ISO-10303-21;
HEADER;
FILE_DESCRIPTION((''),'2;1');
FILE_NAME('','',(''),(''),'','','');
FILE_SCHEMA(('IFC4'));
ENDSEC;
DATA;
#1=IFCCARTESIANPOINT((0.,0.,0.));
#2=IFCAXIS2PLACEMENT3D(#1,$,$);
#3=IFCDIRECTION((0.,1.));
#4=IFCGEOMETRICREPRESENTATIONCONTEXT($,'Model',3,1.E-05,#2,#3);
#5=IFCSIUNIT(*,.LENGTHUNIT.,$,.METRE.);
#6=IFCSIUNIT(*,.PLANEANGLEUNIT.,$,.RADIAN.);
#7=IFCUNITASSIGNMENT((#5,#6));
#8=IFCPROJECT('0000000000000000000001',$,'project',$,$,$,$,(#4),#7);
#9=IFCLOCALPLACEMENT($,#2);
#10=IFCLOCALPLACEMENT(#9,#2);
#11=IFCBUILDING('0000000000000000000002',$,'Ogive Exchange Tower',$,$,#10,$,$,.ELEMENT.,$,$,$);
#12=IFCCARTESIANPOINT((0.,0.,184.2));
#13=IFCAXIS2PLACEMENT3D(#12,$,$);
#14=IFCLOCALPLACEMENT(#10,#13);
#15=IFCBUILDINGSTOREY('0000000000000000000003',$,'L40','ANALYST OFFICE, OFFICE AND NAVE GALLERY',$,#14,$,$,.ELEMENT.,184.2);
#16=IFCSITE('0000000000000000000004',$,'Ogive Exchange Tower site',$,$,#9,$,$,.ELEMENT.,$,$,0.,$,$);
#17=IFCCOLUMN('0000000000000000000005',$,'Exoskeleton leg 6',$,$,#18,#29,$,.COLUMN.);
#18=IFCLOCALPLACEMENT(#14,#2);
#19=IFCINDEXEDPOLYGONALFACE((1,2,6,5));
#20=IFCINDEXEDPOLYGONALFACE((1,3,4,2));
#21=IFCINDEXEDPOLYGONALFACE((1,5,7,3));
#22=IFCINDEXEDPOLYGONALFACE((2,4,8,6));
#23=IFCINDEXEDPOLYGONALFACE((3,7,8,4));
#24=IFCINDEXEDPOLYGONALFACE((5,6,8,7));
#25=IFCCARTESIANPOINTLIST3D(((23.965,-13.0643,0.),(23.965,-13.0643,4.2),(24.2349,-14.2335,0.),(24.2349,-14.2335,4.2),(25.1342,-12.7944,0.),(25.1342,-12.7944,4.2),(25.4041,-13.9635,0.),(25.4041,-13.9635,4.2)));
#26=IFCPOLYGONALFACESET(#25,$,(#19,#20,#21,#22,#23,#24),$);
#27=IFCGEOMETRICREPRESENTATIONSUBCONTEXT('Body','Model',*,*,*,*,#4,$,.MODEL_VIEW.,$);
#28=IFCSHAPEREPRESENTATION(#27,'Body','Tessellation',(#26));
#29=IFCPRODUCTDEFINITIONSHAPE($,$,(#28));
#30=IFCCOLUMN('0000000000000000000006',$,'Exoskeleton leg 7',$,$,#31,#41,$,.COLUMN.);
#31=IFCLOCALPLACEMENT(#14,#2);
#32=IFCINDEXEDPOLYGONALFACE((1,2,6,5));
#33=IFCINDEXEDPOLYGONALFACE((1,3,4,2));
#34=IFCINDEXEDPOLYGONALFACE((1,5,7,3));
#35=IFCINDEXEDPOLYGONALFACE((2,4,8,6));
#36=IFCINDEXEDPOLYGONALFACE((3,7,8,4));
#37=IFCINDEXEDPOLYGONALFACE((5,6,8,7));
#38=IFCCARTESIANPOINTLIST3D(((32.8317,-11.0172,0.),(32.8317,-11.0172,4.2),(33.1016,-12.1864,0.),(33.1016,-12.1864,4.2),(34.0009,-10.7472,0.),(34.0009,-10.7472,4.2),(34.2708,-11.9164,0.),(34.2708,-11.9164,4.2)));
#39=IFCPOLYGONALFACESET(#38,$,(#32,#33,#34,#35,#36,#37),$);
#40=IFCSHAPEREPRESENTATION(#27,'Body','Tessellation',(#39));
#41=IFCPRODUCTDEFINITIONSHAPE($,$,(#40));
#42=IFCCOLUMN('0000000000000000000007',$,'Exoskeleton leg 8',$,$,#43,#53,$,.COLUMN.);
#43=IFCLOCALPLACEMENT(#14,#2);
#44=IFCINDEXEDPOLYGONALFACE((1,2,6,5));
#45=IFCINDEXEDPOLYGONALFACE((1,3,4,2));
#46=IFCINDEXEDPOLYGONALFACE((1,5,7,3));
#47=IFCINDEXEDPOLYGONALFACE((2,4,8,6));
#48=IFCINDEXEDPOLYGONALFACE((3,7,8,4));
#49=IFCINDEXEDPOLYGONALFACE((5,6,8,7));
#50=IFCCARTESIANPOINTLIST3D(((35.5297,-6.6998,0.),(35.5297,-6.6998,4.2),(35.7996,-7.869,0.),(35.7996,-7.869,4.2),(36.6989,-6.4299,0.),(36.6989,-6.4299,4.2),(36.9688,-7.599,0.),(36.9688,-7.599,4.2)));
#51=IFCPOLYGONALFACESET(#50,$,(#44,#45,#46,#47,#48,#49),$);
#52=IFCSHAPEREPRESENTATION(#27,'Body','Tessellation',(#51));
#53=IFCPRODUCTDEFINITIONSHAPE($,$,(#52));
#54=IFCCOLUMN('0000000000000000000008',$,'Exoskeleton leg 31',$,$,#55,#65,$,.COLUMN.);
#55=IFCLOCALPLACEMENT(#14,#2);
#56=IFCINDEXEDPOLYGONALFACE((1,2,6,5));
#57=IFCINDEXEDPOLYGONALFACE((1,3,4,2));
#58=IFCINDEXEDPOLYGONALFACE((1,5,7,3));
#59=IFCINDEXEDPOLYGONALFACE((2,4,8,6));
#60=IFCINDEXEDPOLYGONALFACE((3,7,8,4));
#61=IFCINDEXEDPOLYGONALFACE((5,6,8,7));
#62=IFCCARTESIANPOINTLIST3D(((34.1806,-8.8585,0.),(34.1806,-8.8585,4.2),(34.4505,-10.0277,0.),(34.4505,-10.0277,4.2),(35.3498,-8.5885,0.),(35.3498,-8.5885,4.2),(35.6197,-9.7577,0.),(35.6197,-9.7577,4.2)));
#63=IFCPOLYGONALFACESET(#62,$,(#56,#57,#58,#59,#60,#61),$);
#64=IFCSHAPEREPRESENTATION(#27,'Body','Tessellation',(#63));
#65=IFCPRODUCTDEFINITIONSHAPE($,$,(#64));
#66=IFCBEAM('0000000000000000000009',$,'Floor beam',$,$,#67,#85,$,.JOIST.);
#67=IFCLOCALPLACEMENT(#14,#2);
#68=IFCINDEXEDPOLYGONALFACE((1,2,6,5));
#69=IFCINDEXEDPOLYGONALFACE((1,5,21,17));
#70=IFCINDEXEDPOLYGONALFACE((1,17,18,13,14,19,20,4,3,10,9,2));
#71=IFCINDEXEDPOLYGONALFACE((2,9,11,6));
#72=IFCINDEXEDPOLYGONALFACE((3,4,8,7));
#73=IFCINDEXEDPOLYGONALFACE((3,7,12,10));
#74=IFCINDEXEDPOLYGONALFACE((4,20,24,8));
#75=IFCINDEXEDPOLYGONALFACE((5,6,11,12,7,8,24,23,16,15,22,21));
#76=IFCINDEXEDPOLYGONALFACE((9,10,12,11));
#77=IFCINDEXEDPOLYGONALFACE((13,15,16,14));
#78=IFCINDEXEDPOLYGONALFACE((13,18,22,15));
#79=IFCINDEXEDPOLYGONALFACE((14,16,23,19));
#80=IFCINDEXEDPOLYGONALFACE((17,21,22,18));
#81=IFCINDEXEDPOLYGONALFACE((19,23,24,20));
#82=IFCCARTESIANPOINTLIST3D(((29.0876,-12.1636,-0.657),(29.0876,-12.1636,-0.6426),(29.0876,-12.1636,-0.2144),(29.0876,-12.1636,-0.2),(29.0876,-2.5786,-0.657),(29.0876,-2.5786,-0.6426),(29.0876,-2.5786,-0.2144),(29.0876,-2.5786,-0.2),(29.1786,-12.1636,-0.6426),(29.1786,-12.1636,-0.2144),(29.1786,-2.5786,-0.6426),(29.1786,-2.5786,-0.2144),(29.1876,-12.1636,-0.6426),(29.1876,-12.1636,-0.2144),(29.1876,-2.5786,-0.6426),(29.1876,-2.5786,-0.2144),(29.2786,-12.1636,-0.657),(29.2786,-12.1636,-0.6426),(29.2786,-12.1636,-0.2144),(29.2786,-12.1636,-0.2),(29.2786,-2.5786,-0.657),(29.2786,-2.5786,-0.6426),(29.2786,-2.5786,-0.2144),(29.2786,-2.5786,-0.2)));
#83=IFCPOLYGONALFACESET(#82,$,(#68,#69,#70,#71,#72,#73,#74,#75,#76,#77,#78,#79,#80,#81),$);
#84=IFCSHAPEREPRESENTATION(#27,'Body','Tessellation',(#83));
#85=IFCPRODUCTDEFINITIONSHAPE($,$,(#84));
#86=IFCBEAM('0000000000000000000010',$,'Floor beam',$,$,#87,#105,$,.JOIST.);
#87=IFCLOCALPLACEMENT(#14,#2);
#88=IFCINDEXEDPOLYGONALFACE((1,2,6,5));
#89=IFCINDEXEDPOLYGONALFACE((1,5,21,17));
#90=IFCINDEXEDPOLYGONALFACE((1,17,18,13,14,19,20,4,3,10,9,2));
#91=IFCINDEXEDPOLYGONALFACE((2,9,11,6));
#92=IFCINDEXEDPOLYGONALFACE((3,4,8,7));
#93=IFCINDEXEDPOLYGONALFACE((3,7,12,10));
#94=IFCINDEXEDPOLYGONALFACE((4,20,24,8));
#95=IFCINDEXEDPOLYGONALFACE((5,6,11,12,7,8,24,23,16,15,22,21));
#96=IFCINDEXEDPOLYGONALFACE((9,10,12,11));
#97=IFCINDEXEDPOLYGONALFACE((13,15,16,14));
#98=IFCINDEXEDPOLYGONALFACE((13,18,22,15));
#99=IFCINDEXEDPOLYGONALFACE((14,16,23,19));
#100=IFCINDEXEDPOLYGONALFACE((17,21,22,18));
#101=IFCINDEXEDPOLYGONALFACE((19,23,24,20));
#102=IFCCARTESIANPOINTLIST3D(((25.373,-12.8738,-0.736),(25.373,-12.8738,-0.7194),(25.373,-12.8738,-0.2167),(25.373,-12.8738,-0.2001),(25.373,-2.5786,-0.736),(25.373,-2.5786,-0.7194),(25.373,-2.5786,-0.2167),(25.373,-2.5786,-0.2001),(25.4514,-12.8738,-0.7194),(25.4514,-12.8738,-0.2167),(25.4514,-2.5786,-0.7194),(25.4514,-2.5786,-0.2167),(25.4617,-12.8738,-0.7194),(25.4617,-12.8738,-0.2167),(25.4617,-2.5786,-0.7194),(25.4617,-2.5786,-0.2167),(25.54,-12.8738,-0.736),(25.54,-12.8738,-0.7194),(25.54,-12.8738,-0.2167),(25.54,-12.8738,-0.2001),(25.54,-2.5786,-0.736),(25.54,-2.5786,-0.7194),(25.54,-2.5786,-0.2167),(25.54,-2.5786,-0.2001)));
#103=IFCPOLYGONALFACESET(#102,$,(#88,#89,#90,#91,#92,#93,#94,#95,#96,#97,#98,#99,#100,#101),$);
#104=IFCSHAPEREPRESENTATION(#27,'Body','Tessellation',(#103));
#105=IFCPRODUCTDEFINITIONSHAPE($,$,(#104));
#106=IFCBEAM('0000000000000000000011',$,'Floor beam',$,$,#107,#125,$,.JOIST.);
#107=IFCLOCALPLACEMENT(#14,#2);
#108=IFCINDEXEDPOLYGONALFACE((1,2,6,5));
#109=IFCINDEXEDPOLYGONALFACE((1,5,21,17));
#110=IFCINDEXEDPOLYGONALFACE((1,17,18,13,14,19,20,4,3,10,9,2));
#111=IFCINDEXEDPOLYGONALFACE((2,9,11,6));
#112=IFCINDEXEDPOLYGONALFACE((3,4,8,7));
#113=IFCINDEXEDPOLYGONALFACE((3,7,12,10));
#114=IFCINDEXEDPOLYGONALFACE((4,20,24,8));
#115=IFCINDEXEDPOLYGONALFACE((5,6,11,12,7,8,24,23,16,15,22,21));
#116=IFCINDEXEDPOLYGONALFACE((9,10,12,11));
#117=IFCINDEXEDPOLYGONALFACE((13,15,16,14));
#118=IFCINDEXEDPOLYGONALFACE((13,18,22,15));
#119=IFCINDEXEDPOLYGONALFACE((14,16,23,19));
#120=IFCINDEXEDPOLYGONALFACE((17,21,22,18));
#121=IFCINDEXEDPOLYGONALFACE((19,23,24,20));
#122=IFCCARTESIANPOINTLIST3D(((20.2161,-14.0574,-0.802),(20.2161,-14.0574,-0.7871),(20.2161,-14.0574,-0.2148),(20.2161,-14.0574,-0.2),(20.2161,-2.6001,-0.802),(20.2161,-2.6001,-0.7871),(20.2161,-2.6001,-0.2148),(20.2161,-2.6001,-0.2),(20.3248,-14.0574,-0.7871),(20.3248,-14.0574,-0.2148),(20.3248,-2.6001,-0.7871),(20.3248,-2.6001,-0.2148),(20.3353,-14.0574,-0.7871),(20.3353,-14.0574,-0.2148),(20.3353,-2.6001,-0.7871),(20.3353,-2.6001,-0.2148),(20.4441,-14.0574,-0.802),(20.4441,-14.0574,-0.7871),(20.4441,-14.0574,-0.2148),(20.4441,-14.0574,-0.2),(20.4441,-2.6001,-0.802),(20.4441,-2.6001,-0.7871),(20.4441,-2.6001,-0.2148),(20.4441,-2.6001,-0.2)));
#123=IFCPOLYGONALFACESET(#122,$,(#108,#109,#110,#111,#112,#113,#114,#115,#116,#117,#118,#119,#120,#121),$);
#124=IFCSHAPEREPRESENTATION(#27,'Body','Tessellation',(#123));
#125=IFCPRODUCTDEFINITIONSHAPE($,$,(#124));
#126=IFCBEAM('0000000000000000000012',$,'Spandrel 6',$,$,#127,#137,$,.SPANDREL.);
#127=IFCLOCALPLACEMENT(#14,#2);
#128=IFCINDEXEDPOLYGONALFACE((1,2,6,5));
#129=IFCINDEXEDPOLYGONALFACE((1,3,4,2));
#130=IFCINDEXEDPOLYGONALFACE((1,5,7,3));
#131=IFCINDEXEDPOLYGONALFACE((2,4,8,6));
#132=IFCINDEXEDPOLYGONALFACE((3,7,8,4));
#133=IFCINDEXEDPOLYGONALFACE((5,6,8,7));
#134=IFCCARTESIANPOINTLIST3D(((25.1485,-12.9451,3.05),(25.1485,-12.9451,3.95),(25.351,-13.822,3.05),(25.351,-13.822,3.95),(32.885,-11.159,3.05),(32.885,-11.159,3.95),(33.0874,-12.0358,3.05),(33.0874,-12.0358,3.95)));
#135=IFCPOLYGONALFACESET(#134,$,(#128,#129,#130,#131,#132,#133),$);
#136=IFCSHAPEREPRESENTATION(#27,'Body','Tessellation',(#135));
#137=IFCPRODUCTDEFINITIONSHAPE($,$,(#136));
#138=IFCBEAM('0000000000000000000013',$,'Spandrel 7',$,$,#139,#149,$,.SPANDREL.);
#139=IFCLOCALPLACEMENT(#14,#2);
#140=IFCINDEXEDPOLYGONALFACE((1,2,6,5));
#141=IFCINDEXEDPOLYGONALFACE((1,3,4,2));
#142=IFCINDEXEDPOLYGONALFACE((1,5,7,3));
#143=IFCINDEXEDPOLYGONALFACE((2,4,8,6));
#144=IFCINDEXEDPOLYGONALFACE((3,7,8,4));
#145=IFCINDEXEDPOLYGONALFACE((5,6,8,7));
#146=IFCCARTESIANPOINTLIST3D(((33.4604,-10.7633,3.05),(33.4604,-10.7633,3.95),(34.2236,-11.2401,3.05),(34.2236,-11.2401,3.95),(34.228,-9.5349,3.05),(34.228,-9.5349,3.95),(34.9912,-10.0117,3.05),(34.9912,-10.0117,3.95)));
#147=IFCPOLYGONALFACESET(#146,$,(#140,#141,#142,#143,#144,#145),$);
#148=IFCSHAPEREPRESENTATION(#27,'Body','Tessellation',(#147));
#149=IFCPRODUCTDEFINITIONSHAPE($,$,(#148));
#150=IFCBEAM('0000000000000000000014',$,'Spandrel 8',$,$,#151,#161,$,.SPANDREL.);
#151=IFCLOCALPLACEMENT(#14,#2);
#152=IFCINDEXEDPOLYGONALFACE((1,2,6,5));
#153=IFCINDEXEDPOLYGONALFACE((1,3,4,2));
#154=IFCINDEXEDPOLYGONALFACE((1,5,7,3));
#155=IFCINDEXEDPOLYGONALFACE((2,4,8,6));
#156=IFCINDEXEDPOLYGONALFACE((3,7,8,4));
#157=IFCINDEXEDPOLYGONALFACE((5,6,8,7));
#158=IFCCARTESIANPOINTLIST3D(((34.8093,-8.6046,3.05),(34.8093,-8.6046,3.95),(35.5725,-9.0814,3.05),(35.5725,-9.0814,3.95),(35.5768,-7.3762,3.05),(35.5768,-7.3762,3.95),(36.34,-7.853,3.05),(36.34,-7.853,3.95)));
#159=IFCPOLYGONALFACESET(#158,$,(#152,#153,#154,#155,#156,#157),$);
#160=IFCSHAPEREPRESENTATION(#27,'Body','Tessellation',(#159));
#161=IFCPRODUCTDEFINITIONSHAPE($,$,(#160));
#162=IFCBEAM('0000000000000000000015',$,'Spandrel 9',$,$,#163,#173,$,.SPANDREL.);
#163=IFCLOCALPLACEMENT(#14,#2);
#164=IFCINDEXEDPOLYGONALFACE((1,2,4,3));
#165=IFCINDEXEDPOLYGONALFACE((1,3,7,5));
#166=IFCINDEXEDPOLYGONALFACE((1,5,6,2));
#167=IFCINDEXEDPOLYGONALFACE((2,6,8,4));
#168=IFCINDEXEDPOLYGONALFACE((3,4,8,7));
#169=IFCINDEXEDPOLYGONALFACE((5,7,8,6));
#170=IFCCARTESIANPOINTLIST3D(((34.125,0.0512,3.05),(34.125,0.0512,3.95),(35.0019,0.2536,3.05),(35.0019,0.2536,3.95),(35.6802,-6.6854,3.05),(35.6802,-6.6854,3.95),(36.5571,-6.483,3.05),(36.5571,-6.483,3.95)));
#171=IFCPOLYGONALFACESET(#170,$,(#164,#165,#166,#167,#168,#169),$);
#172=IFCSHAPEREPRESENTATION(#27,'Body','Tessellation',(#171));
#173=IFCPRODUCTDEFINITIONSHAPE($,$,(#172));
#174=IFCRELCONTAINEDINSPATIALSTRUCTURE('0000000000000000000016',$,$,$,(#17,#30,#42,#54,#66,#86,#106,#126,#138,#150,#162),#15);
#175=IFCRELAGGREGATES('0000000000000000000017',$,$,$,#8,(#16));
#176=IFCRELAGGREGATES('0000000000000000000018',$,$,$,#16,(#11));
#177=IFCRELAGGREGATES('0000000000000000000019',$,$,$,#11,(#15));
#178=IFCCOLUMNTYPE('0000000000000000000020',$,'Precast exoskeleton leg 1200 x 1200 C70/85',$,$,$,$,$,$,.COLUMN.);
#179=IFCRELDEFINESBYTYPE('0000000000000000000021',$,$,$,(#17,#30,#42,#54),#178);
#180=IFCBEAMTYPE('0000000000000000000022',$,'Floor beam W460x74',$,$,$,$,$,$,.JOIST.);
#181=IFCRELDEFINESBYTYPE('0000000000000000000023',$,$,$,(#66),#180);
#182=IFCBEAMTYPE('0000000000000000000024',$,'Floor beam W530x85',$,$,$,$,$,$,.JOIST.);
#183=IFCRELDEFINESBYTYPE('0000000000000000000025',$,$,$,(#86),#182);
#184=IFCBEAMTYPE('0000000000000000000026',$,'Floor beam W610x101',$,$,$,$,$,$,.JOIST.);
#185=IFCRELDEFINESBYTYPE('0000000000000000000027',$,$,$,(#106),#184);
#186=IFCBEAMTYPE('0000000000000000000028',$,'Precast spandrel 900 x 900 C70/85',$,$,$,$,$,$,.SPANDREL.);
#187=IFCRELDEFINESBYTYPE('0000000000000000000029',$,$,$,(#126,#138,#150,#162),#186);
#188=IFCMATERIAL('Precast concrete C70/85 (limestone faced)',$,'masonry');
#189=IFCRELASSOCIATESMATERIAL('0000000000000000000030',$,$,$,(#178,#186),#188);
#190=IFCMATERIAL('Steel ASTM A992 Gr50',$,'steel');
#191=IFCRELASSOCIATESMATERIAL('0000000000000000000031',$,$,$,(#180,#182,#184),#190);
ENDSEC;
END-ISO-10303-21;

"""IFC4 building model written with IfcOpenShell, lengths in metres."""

from ifc_helpers import new_model, si_unit, direction, frame, origin, origin_2d, place, context, subcontext, project, spatial, rectangle, i_section, extrude, material, material_profile, profile_set, type_object, element, save


model = new_model("IFC4")

# Units and contexts
model_context = context("Model", 3, precision=1e-05, world=origin(), true_north=direction((0.0, 1.0)))
body_context = subcontext(model_context, "Body", "Model", "MODEL_VIEW")
ifc_project = project(units=[si_unit("LENGTHUNIT", "METRE"), si_unit("PLANEANGLEUNIT", "RADIAN")], contexts=[model_context])

# Site, building, storey
site_placement = place(None, origin())
site = spatial("IfcSite", under=ifc_project, at=site_placement, Name="Ogive Exchange Tower site", CompositionType="ELEMENT", RefElevation=0.0)
building_placement = place(site_placement, origin())
building = spatial("IfcBuilding", under=site, at=building_placement, Name="Ogive Exchange Tower", CompositionType="ELEMENT")
storey_placement = place(building_placement, frame((0.0, 0.0, 184.2)))
storey = spatial("IfcBuildingStorey", under=building, at=storey_placement, Name="L40", Description="ANALYST OFFICE, OFFICE AND NAVE GALLERY", CompositionType="ELEMENT", Elevation=184.2)

# Columns
ifc_material_1 = material(Name="Precast concrete C70/85 (limestone faced)", Category="masonry")
ifc_material_profile_1 = material_profile(ifc_material_1, rectangle(XDim=1.2, YDim=1.2, at=origin_2d()), Name="1200 x 1200")
ifc_profile_set_1 = profile_set([ifc_material_profile_1], Name="Precast concrete C70/85 (limestone faced)")
column_type = type_object("IfcColumnType", Name="Precast exoskeleton leg 1200 x 1200 C70/85", PredefinedType="COLUMN", material=ifc_profile_set_1)
for number, where, z_axis, x_axis, name in (
    (1, (24.6846, -13.5139, 0.0), (0.0, 0.0, 1.0), (0.97437, 0.224951, 0.0), "Exoskeleton leg 6"),
    (2, (33.5513, -11.4668, 0.0), (0.0, 0.0, 1.0), (0.97437, 0.224951, 0.0), "Exoskeleton leg 7"),
    (3, (36.2493, -7.1494, 0.0), (0.0, 0.0, 1.0), (0.97437, 0.224951, 0.0), "Exoskeleton leg 8"),
    (4, (34.9001, -9.3081, 0.0), (0.0, 0.0, 1.0), (0.97437, 0.224951, 0.0), "Exoskeleton leg 31"),
):
    element("IfcColumn", number, at=place(storey_placement, frame(where, z_axis=z_axis, x_axis=x_axis)), inside=storey, type_object=column_type, Name=name, PredefinedType="COLUMN", context=body_context, shape_type="SweptSolid", body=[
        extrude(rectangle(XDim=1.2, YDim=1.2, at=origin_2d()), origin(), (0.0, 0.0, 1.0), 4.2),
    ])

# Beams
ifc_material_2 = material(Name="Steel ASTM A992 Gr50", Category="steel")
ifc_material_profile_2 = material_profile(ifc_material_2, i_section(OverallWidth=0.1909, OverallDepth=0.457, WebThickness=0.009, FlangeThickness=0.0144, at=origin_2d()), Name="W460x74")
ifc_profile_set_2 = profile_set([ifc_material_profile_2], Name="Steel ASTM A992 Gr50")
beam_type_1 = type_object("IfcBeamType", Name="Floor beam W460x74", PredefinedType="JOIST", material=ifc_profile_set_2)
beam_1_placement = place(storey_placement, frame((29.1831, -12.1636, -0.4285), z_axis=(0.0, 1.0, 0.0), x_axis=(-1.0, 0.0, 0.0)))
element("IfcBeam", 5, at=beam_1_placement, inside=storey, type_object=beam_type_1, Name="Floor beam", PredefinedType="JOIST", context=body_context, shape_type="SweptSolid", body=[
    extrude(i_section(OverallWidth=0.1909, OverallDepth=0.457, WebThickness=0.009, FlangeThickness=0.0144, at=origin_2d()), origin(), (0.0, 0.0, 1.0), 9.585),
])
ifc_material_profile_3 = material_profile(ifc_material_2, i_section(OverallWidth=0.167, OverallDepth=0.5359, WebThickness=0.0103, FlangeThickness=0.0166, at=origin_2d()), Name="W530x85")
ifc_profile_set_3 = profile_set([ifc_material_profile_3], Name="Steel ASTM A992 Gr50")
beam_type_2 = type_object("IfcBeamType", Name="Floor beam W530x85", PredefinedType="JOIST", material=ifc_profile_set_3)
beam_2_placement = place(storey_placement, frame((25.4565, -12.8738, -0.468), z_axis=(0.0, 1.0, 0.0), x_axis=(-1.0, 0.0, 0.0)))
element("IfcBeam", 6, at=beam_2_placement, inside=storey, type_object=beam_type_2, Name="Floor beam", PredefinedType="JOIST", context=body_context, shape_type="SweptSolid", body=[
    extrude(i_section(OverallWidth=0.167, OverallDepth=0.5359, WebThickness=0.0103, FlangeThickness=0.0166, at=origin_2d()), origin(), (0.0, 0.0, 1.0), 10.2952),
])
ifc_material_profile_4 = material_profile(ifc_material_2, i_section(OverallWidth=0.228, OverallDepth=0.6021, WebThickness=0.0105, FlangeThickness=0.0149, at=origin_2d()), Name="W610x101")
ifc_profile_set_4 = profile_set([ifc_material_profile_4], Name="Steel ASTM A992 Gr50")
beam_type_3 = type_object("IfcBeamType", Name="Floor beam W610x101", PredefinedType="JOIST", material=ifc_profile_set_4)
beam_3_placement = place(storey_placement, frame((20.3301, -14.0574, -0.501), z_axis=(0.0, 1.0, 0.0), x_axis=(-1.0, 0.0, 0.0)))
element("IfcBeam", 7, at=beam_3_placement, inside=storey, type_object=beam_type_3, Name="Floor beam", PredefinedType="JOIST", context=body_context, shape_type="SweptSolid", body=[
    extrude(i_section(OverallWidth=0.228, OverallDepth=0.6021, WebThickness=0.0105, FlangeThickness=0.0149, at=origin_2d()), origin(), (0.0, 0.0, 1.0), 11.4573),
])
ifc_material_profile_5 = material_profile(ifc_material_1, rectangle(XDim=0.8999, YDim=0.8999, at=origin_2d()), Name="900 x 900")
ifc_profile_set_5 = profile_set([ifc_material_profile_5], Name="Precast concrete C70/85 (limestone faced)")
beam_type_4 = type_object("IfcBeamType", Name="Precast spandrel 900 x 900 C70/85", PredefinedType="SPANDREL", material=ifc_profile_set_5)
beam_4_placement = place(storey_placement, frame((25.2498, -13.3835, 3.5), z_axis=(0.974368, 0.224958, 0.0), x_axis=(-0.224958, 0.974368, 0.0)))
element("IfcBeam", 8, at=beam_4_placement, inside=storey, type_object=beam_type_4, Name="Spandrel 6", PredefinedType="SPANDREL", context=body_context, shape_type="SweptSolid", body=[
    extrude(rectangle(XDim=0.8999, YDim=0.8999, at=origin_2d()), origin(), (0.0, 0.0, 1.0), 7.9399),
])
for number, where, z_axis, x_axis, name in (
    (9, (33.842, -11.0017, 3.5), (0.529878, 0.848074, 0.0), (-0.848074, 0.529878, 0.0), "Spandrel 7"),
    (10, (35.1909, -8.843, 3.5), (0.529878, 0.848074, 0.0), (-0.848074, 0.529878, 0.0), "Spandrel 8"),
):
    element("IfcBeam", number, at=place(storey_placement, frame(where, z_axis=z_axis, x_axis=x_axis)), inside=storey, type_object=beam_type_4, Name=name, PredefinedType="SPANDREL", context=body_context, shape_type="SweptSolid", body=[
        extrude(rectangle(XDim=0.8999, YDim=0.8999, at=origin_2d()), origin(), (0.0, 0.0, 1.0), 1.4485),
    ])
beam_5_placement = place(storey_placement, frame((36.1187, -6.5842, 3.5), z_axis=(-0.224939, 0.974373, 0.0), x_axis=(-0.974373, -0.224939, 0.0)))
element("IfcBeam", 11, at=beam_5_placement, inside=storey, type_object=beam_type_4, Name="Spandrel 9", PredefinedType="SPANDREL", context=body_context, shape_type="SweptSolid", body=[
    extrude(rectangle(XDim=0.8999, YDim=0.8999, at=origin_2d()), origin(), (0.0, 0.0, 1.0), 6.9138),
])

save(model, "model.ifc")
